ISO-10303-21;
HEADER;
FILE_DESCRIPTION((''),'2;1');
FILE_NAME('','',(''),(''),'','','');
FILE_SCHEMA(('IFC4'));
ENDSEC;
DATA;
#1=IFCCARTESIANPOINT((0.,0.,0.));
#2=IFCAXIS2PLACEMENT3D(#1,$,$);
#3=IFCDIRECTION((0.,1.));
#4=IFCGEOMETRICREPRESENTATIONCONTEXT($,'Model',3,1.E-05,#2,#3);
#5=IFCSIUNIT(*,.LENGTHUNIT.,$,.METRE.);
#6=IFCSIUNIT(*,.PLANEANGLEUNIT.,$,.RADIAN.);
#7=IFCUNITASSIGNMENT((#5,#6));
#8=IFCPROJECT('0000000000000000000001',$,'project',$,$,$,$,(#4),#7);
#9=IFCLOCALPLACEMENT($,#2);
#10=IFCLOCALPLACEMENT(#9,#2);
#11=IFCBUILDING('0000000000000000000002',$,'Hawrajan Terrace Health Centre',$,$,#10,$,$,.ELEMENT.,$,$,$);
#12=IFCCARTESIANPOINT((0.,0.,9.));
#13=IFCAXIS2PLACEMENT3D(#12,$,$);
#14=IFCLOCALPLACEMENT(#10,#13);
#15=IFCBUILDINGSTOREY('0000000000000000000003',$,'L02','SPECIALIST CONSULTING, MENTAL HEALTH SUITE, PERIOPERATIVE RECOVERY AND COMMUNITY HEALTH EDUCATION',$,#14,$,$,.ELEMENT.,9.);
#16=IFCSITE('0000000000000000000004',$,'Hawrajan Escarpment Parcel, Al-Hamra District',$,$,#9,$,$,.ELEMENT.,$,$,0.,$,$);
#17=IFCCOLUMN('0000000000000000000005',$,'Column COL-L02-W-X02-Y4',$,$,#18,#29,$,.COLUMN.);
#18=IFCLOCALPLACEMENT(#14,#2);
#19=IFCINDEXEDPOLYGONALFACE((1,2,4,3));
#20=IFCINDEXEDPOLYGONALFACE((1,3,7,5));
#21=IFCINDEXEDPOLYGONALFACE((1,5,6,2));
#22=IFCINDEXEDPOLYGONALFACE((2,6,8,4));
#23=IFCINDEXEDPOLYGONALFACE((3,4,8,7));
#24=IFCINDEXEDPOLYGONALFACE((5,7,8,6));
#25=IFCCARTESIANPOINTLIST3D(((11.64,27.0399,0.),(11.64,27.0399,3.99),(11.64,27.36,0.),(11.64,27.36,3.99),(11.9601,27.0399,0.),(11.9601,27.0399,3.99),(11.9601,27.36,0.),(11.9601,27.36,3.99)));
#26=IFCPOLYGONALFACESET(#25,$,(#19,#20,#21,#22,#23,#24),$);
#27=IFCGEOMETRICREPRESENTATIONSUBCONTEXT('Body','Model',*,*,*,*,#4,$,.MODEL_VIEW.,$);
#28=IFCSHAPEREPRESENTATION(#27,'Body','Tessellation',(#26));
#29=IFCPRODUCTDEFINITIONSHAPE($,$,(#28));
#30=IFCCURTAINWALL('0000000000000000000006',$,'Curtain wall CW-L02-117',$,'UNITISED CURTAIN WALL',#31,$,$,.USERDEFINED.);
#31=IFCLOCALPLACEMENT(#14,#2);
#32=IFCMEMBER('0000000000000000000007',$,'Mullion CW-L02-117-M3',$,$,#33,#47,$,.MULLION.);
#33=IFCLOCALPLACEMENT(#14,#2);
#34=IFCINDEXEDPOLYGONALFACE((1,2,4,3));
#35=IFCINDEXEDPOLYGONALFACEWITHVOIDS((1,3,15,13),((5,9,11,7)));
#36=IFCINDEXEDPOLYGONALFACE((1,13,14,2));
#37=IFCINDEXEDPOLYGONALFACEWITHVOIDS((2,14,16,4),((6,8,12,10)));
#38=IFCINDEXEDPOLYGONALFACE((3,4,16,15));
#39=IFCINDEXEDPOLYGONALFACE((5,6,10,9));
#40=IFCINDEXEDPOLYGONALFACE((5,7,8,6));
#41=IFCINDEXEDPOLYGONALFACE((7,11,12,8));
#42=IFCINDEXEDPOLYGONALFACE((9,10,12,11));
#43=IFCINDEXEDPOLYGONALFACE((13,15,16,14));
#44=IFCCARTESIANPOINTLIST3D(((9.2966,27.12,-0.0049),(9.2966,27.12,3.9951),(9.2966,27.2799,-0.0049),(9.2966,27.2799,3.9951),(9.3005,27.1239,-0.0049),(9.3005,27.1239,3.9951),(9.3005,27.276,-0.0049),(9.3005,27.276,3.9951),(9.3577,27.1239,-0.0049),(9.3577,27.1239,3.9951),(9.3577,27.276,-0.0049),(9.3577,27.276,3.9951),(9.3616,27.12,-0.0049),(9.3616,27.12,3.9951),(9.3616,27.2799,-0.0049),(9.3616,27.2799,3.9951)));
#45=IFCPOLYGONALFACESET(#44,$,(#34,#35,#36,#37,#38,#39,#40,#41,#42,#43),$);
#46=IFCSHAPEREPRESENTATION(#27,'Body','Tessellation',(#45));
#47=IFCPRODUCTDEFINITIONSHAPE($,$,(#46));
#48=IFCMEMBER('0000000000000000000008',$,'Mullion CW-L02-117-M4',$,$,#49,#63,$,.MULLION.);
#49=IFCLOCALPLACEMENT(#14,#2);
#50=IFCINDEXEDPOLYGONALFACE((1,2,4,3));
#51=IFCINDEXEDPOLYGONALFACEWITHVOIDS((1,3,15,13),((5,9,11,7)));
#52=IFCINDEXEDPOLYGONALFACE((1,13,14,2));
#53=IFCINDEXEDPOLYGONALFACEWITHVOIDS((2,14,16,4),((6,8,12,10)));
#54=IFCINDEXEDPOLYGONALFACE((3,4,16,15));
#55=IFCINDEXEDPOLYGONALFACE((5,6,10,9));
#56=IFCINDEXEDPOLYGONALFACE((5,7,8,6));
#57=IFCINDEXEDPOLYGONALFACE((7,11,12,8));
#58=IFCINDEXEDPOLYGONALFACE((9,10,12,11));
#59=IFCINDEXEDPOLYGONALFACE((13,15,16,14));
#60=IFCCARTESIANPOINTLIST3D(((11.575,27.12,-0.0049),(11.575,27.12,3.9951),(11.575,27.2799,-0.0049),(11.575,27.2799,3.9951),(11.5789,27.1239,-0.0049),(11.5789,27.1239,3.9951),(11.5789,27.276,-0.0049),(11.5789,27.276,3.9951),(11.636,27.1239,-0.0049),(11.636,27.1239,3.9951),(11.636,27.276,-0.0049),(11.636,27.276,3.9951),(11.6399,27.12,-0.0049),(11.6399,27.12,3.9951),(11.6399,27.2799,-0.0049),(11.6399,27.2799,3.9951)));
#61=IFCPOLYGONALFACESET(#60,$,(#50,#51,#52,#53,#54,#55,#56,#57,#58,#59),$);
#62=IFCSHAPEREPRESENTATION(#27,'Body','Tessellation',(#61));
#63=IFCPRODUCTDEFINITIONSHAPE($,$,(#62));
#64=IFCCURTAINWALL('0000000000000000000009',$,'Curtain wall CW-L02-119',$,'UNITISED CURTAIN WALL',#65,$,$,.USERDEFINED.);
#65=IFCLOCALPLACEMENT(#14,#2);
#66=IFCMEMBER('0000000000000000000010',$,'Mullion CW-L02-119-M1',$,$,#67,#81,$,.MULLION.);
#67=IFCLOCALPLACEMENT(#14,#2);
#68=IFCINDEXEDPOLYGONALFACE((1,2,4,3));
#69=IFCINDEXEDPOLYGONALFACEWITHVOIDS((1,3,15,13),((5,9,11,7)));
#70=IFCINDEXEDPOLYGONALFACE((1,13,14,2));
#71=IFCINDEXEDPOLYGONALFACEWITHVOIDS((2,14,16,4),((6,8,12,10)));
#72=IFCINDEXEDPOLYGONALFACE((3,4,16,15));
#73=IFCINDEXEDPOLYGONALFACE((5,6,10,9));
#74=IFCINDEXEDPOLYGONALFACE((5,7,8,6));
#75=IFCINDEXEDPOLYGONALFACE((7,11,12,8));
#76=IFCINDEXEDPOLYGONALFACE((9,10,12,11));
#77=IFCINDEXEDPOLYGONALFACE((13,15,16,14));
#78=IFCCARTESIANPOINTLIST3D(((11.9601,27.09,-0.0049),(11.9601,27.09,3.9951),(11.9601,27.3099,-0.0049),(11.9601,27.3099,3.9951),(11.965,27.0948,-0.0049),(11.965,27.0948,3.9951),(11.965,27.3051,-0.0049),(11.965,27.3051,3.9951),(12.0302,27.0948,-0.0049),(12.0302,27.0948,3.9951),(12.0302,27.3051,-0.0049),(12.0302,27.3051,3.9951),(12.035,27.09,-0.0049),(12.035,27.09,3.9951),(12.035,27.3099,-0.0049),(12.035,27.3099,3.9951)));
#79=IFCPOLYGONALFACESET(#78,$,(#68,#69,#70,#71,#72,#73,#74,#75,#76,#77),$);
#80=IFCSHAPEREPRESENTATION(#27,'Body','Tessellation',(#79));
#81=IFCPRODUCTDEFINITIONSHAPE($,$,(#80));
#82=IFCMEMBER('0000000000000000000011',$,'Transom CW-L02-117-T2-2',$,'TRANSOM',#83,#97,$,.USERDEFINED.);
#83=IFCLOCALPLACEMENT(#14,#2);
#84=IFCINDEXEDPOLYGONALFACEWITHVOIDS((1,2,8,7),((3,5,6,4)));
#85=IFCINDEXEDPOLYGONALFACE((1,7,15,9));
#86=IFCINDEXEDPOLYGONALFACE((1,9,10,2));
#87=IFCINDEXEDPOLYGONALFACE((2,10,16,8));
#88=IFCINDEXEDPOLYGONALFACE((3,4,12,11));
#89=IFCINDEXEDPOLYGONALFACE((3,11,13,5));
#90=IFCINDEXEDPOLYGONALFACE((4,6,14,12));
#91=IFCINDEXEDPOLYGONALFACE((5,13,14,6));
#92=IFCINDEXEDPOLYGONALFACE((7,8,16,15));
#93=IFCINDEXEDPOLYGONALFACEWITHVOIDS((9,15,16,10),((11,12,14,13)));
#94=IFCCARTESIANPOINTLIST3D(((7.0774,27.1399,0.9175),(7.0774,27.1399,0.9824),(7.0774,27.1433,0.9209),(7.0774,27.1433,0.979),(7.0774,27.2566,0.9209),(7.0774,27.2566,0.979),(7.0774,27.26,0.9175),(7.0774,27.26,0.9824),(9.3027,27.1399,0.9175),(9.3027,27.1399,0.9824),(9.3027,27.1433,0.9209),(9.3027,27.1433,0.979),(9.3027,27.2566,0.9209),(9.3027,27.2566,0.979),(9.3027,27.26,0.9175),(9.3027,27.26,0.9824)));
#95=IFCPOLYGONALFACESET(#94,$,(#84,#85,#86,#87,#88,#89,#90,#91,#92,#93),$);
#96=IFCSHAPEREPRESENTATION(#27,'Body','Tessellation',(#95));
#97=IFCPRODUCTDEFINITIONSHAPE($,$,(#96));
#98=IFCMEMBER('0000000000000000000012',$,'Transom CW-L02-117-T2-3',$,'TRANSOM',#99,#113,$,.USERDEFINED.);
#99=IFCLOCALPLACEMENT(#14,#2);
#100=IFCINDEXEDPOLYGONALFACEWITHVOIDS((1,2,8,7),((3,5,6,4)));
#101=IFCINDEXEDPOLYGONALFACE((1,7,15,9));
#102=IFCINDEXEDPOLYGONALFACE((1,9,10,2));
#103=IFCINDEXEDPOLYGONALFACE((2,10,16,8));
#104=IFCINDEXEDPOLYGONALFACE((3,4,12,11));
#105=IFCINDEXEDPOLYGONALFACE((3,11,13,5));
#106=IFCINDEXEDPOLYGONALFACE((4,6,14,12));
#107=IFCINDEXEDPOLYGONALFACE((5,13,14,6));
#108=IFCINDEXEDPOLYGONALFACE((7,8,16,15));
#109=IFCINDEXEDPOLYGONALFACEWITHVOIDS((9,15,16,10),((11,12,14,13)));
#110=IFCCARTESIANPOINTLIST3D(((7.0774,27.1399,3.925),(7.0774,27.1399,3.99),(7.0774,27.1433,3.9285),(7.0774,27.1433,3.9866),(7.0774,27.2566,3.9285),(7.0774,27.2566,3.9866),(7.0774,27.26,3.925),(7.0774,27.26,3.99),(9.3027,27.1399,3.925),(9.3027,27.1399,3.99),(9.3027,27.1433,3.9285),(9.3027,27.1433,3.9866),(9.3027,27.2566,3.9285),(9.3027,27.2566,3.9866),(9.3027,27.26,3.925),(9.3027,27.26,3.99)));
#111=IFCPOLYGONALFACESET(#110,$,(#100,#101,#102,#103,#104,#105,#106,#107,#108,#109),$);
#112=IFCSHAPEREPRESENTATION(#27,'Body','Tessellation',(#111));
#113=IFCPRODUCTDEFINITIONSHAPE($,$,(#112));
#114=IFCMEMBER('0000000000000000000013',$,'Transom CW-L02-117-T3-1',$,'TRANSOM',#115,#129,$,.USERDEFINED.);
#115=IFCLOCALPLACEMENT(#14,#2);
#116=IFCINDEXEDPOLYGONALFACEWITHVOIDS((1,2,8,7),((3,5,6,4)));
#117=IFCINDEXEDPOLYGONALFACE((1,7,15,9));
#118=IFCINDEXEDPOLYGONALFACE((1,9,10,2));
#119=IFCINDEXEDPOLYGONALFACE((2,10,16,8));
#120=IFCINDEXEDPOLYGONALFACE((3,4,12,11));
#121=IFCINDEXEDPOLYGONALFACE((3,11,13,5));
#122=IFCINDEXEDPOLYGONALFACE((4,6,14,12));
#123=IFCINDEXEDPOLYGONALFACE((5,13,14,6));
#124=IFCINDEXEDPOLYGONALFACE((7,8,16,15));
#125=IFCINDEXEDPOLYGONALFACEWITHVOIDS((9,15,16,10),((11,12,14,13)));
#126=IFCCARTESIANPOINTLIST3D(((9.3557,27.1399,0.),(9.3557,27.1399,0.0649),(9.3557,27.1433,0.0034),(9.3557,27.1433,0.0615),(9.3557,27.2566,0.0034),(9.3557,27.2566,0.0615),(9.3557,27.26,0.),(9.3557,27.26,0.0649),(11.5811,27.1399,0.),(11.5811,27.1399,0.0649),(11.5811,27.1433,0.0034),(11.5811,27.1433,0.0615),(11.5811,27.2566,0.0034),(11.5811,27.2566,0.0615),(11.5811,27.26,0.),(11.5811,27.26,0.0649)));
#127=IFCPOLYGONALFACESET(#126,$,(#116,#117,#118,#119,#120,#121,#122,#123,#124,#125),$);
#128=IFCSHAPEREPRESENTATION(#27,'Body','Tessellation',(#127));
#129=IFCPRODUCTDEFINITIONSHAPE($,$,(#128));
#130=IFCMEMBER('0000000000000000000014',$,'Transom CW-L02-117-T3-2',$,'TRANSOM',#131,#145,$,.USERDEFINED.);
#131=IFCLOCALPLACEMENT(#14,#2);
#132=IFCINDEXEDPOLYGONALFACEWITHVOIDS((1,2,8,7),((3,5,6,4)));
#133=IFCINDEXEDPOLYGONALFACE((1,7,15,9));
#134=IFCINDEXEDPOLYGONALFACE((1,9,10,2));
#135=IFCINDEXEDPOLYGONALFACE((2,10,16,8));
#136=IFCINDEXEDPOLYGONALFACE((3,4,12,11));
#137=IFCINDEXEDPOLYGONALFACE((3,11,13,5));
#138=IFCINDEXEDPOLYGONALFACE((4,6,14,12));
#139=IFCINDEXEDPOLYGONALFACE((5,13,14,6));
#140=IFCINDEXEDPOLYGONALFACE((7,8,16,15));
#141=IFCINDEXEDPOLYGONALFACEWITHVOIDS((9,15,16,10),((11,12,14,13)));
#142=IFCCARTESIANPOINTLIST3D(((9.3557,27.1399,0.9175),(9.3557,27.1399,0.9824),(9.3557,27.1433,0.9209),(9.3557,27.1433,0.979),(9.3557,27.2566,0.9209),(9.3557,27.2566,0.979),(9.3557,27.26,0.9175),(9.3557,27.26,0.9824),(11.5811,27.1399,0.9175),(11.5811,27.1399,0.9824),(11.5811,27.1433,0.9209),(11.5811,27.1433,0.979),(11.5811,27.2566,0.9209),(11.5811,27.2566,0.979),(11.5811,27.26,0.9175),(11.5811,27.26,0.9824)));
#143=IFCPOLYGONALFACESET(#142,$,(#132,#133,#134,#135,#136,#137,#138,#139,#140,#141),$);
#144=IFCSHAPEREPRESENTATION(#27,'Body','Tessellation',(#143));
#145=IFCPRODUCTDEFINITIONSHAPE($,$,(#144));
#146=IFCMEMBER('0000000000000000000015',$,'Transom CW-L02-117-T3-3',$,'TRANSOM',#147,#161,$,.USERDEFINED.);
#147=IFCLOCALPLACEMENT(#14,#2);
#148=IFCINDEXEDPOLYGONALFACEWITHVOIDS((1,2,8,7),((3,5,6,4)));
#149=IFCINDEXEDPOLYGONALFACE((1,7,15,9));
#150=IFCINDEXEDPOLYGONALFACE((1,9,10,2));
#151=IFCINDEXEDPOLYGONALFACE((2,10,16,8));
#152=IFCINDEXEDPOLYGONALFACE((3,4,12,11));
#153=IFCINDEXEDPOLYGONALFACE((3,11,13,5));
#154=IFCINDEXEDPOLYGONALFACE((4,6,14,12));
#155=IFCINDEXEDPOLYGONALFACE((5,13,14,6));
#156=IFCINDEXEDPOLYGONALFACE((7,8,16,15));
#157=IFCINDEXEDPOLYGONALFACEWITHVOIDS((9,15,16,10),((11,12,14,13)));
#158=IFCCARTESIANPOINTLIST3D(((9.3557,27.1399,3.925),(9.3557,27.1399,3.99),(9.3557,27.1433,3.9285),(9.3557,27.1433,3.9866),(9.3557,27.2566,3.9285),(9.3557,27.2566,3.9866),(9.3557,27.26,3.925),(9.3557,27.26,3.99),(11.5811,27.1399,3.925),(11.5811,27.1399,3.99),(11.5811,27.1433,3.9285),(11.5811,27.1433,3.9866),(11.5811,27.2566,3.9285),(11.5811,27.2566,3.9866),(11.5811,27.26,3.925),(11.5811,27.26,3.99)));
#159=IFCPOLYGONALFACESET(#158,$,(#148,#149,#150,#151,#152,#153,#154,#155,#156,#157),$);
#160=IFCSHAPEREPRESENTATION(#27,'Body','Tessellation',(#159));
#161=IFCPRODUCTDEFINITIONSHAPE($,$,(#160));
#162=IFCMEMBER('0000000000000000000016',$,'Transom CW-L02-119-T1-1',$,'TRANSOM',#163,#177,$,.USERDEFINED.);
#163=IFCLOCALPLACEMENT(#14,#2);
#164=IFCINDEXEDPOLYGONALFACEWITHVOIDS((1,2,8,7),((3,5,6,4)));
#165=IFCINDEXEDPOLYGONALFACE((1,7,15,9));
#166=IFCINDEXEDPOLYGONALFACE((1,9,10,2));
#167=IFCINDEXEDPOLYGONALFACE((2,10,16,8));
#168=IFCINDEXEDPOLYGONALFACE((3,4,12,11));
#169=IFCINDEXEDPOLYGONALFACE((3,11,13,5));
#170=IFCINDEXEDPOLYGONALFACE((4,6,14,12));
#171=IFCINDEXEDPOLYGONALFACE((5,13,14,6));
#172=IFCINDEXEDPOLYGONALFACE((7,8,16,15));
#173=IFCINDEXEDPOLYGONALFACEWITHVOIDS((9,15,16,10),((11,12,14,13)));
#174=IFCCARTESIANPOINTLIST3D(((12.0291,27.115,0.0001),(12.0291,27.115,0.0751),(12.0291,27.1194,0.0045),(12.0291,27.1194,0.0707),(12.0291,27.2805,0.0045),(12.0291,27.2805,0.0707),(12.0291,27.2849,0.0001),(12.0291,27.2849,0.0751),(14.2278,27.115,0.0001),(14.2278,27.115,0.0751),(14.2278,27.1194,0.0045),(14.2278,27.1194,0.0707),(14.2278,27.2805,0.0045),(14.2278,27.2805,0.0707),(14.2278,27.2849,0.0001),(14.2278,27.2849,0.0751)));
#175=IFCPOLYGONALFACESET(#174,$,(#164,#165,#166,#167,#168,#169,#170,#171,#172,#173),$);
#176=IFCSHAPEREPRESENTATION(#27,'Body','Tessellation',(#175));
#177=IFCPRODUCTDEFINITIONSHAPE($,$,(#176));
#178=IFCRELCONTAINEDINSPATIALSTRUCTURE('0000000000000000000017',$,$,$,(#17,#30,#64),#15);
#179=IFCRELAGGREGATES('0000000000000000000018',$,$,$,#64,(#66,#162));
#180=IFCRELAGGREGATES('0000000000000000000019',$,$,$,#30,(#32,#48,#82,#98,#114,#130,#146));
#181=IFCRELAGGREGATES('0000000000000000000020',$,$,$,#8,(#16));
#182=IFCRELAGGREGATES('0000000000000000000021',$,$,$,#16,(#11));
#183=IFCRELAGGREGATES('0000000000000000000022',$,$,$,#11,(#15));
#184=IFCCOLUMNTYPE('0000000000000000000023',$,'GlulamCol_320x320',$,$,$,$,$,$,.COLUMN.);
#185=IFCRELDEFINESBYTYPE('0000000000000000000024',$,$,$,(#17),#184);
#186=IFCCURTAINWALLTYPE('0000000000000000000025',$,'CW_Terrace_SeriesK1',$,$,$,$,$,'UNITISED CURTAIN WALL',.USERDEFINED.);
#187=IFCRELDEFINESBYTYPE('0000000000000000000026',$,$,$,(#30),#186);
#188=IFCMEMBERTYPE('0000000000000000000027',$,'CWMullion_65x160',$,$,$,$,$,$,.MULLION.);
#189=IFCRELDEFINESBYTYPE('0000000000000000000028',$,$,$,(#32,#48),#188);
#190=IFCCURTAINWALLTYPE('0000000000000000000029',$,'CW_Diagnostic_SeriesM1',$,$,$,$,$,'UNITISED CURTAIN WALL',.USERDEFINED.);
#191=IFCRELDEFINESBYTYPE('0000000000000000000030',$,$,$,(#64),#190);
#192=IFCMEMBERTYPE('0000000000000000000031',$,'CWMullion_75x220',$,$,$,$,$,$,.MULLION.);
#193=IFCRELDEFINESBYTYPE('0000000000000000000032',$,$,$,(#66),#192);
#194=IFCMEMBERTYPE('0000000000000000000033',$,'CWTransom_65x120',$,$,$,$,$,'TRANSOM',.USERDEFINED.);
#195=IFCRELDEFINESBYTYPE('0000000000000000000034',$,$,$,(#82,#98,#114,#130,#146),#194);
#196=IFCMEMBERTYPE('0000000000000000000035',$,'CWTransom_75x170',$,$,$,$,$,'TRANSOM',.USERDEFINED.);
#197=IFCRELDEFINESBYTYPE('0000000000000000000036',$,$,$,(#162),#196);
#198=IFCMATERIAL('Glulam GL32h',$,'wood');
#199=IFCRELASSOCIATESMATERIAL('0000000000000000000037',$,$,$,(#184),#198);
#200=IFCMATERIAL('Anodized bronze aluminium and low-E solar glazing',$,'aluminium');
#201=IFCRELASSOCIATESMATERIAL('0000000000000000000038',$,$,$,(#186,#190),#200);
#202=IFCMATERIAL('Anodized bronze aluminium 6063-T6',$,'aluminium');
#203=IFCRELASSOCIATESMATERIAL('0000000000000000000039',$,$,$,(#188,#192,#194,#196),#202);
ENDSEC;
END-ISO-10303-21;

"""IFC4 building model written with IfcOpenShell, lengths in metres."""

from ifc_helpers import new_model, si_unit, direction, frame, origin, origin_2d, place, context, subcontext, project, spatial, rectangle, hollow_rectangle, extrude, material, material_profile, profile_set, type_object, element, aggregate, save


model = new_model("IFC4")

# Units and contexts
model_context = context("Model", 3, precision=1e-05, world=origin(), true_north=direction((0.0, 1.0)))
body_context = subcontext(model_context, "Body", "Model", "MODEL_VIEW")
ifc_project = project(units=[si_unit("LENGTHUNIT", "METRE"), si_unit("PLANEANGLEUNIT", "RADIAN")], contexts=[model_context])

# Site, building, storey
site_placement = place(None, origin())
site = spatial("IfcSite", under=ifc_project, at=site_placement, Name="Hawrajan Escarpment Parcel, Al-Hamra District", CompositionType="ELEMENT", RefElevation=0.0)
building_placement = place(site_placement, origin())
building = spatial("IfcBuilding", under=site, at=building_placement, Name="Hawrajan Terrace Health Centre", CompositionType="ELEMENT")
storey_placement = place(building_placement, frame((0.0, 0.0, 9.0)))
storey = spatial("IfcBuildingStorey", under=building, at=storey_placement, Name="L02", Description="SPECIALIST CONSULTING, MENTAL HEALTH SUITE, PERIOPERATIVE RECOVERY AND COMMUNITY HEALTH EDUCATION", CompositionType="ELEMENT", Elevation=9.0)

# Column
ifc_material_1 = material(Name="Glulam GL32h", Category="wood")
ifc_material_profile_1 = material_profile(ifc_material_1, rectangle(XDim=0.3201, YDim=0.3201, at=origin_2d()), Name="GL 320x320")
ifc_profile_set_1 = profile_set([ifc_material_profile_1], Name="Glulam GL32h")
column_type = type_object("IfcColumnType", Name="GlulamCol_320x320", PredefinedType="COLUMN", material=ifc_profile_set_1)
column_placement = place(storey_placement, frame((11.8, 27.2, 0.0), z_axis=(0.0, 0.0, 1.0), x_axis=(1.0, 0.0, 0.0)))
element("IfcColumn", 1, at=column_placement, inside=storey, type_object=column_type, Name="Column COL-L02-W-X02-Y4", PredefinedType="COLUMN", context=body_context, shape_type="SweptSolid", body=[
    extrude(rectangle(XDim=0.3201, YDim=0.3201, at=origin_2d()), origin(), (0.0, 0.0, 1.0), 3.99),
])

# Curtain wall, members
ifc_material_2 = material(Name="Anodized bronze aluminium and low-E solar glazing", Category="aluminium")
curtain_wall_type_1 = type_object("IfcCurtainWallType", Name="CW_Terrace_SeriesK1", ElementType="UNITISED CURTAIN WALL", PredefinedType="USERDEFINED", material=ifc_material_2)
curtain_wall_1_placement = place(storey_placement, origin())
curtain_wall_1 = element("IfcCurtainWall", 2, at=curtain_wall_1_placement, inside=storey, type_object=curtain_wall_type_1, Name="Curtain wall CW-L02-117", ObjectType="UNITISED CURTAIN WALL", PredefinedType="USERDEFINED")
ifc_material_3 = material(Name="Anodized bronze aluminium 6063-T6", Category="aluminium")
ifc_material_profile_2 = material_profile(ifc_material_3, hollow_rectangle(XDim=0.0649, YDim=0.1599, WallThickness=0.0039, at=origin_2d()), Name="CW MUL 65x160")
ifc_profile_set_2 = profile_set([ifc_material_profile_2], Name="Anodized bronze aluminium 6063-T6")
member_type_1 = type_object("IfcMemberType", Name="CWMullion_65x160", PredefinedType="MULLION", material=ifc_profile_set_2)
member_1_placement = place(storey_placement, frame((9.3291, 27.2, -0.0049), z_axis=(0.0, 0.0, 1.0), x_axis=(1.0, 0.0, 0.0)))
member_1 = element("IfcMember", 3, at=member_1_placement, type_object=member_type_1, Name="Mullion CW-L02-117-M3", PredefinedType="MULLION", context=body_context, shape_type="SweptSolid", body=[
    extrude(hollow_rectangle(XDim=0.0649, YDim=0.1599, WallThickness=0.0039, at=origin_2d()), origin(), (0.0, 0.0, 1.0), 4.0),
])
member_2_placement = place(storey_placement, frame((11.6074, 27.2, -0.0049), z_axis=(0.0, 0.0, 1.0), x_axis=(1.0, 0.0, 0.0)))
member_2 = element("IfcMember", 4, at=member_2_placement, type_object=member_type_1, Name="Mullion CW-L02-117-M4", PredefinedType="MULLION", context=body_context, shape_type="SweptSolid", body=[
    extrude(hollow_rectangle(XDim=0.0649, YDim=0.1599, WallThickness=0.0039, at=origin_2d()), origin(), (0.0, 0.0, 1.0), 4.0),
])

# Curtain wall, member
curtain_wall_type_2 = type_object("IfcCurtainWallType", Name="CW_Diagnostic_SeriesM1", ElementType="UNITISED CURTAIN WALL", PredefinedType="USERDEFINED", material=ifc_material_2)
curtain_wall_2_placement = place(storey_placement, origin())
curtain_wall_2 = element("IfcCurtainWall", 5, at=curtain_wall_2_placement, inside=storey, type_object=curtain_wall_type_2, Name="Curtain wall CW-L02-119", ObjectType="UNITISED CURTAIN WALL", PredefinedType="USERDEFINED")
ifc_material_profile_3 = material_profile(ifc_material_3, hollow_rectangle(XDim=0.075, YDim=0.22, WallThickness=0.0049, at=origin_2d()), Name="CW MUL 75x220")
ifc_profile_set_3 = profile_set([ifc_material_profile_3], Name="Anodized bronze aluminium 6063-T6")
member_type_2 = type_object("IfcMemberType", Name="CWMullion_75x220", PredefinedType="MULLION", material=ifc_profile_set_3)
member_3_placement = place(storey_placement, frame((11.9976, 27.2, -0.0049), z_axis=(0.0, 0.0, 1.0), x_axis=(1.0, 0.0, 0.0)))
member_3 = element("IfcMember", 6, at=member_3_placement, type_object=member_type_2, Name="Mullion CW-L02-119-M1", PredefinedType="MULLION", context=body_context, shape_type="SweptSolid", body=[
    extrude(hollow_rectangle(XDim=0.075, YDim=0.22, WallThickness=0.0049, at=origin_2d()), origin(), (0.0, 0.0, 1.0), 4.0),
])

# Members
ifc_material_profile_4 = material_profile(ifc_material_3, hollow_rectangle(XDim=0.0649, YDim=0.1201, WallThickness=0.0034, at=origin_2d()), Name="CW TRN 65x120")
ifc_profile_set_4 = profile_set([ifc_material_profile_4], Name="Anodized bronze aluminium 6063-T6")
member_type_3 = type_object("IfcMemberType", Name="CWTransom_65x120", ElementType="TRANSOM", PredefinedType="USERDEFINED", material=ifc_profile_set_4)
member_4_placement = place(storey_placement, frame((7.0774, 27.2, 0.95), z_axis=(1.0, 0.0, 0.0), x_axis=(0.0, 0.0, 1.0)))
member_4 = element("IfcMember", 7, at=member_4_placement, type_object=member_type_3, Name="Transom CW-L02-117-T2-2", ObjectType="TRANSOM", PredefinedType="USERDEFINED", context=body_context, shape_type="SweptSolid", body=[
    extrude(hollow_rectangle(XDim=0.0649, YDim=0.1201, WallThickness=0.0034, at=origin_2d()), origin(), (0.0, 0.0, 1.0), 2.2253),
])
member_5_placement = place(storey_placement, frame((7.0774, 27.2, 3.9575), z_axis=(1.0, 0.0, 0.0), x_axis=(0.0, 0.0, 1.0)))
member_5 = element("IfcMember", 8, at=member_5_placement, type_object=member_type_3, Name="Transom CW-L02-117-T2-3", ObjectType="TRANSOM", PredefinedType="USERDEFINED", context=body_context, shape_type="SweptSolid", body=[
    extrude(hollow_rectangle(XDim=0.0649, YDim=0.1201, WallThickness=0.0034, at=origin_2d()), origin(), (0.0, 0.0, 1.0), 2.2253),
])
member_6_placement = place(storey_placement, frame((9.3557, 27.2, 0.0325), z_axis=(1.0, 0.0, 0.0), x_axis=(0.0, 0.0, 1.0)))
member_6 = element("IfcMember", 9, at=member_6_placement, type_object=member_type_3, Name="Transom CW-L02-117-T3-1", ObjectType="TRANSOM", PredefinedType="USERDEFINED", context=body_context, shape_type="SweptSolid", body=[
    extrude(hollow_rectangle(XDim=0.0649, YDim=0.1201, WallThickness=0.0034, at=origin_2d()), origin(), (0.0, 0.0, 1.0), 2.2253),
])
member_7_placement = place(storey_placement, frame((9.3557, 27.2, 0.95), z_axis=(1.0, 0.0, 0.0), x_axis=(0.0, 0.0, 1.0)))
member_7 = element("IfcMember", 10, at=member_7_placement, type_object=member_type_3, Name="Transom CW-L02-117-T3-2", ObjectType="TRANSOM", PredefinedType="USERDEFINED", context=body_context, shape_type="SweptSolid", body=[
    extrude(hollow_rectangle(XDim=0.0649, YDim=0.1201, WallThickness=0.0034, at=origin_2d()), origin(), (0.0, 0.0, 1.0), 2.2253),
])
member_8_placement = place(storey_placement, frame((9.3557, 27.2, 3.9575), z_axis=(1.0, 0.0, 0.0), x_axis=(0.0, 0.0, 1.0)))
member_8 = element("IfcMember", 11, at=member_8_placement, type_object=member_type_3, Name="Transom CW-L02-117-T3-3", ObjectType="TRANSOM", PredefinedType="USERDEFINED", context=body_context, shape_type="SweptSolid", body=[
    extrude(hollow_rectangle(XDim=0.0649, YDim=0.1201, WallThickness=0.0034, at=origin_2d()), origin(), (0.0, 0.0, 1.0), 2.2253),
])
ifc_material_profile_5 = material_profile(ifc_material_3, hollow_rectangle(XDim=0.075, YDim=0.1699, WallThickness=0.0044, at=origin_2d()), Name="CW TRN 75x170")
ifc_profile_set_5 = profile_set([ifc_material_profile_5], Name="Anodized bronze aluminium 6063-T6")
member_type_4 = type_object("IfcMemberType", Name="CWTransom_75x170", ElementType="TRANSOM", PredefinedType="USERDEFINED", material=ifc_profile_set_5)
member_9_placement = place(storey_placement, frame((12.0291, 27.2, 0.0376), z_axis=(1.0, 0.0, 0.0), x_axis=(0.0, 0.0, 1.0)))
member_9 = element("IfcMember", 12, at=member_9_placement, type_object=member_type_4, Name="Transom CW-L02-119-T1-1", ObjectType="TRANSOM", PredefinedType="USERDEFINED", context=body_context, shape_type="SweptSolid", body=[
    extrude(hollow_rectangle(XDim=0.075, YDim=0.1699, WallThickness=0.0044, at=origin_2d()), origin(), (0.0, 0.0, 1.0), 2.1987),
])
aggregate(curtain_wall_2, [member_3, member_9])

aggregate(curtain_wall_1, [member_1, member_2, member_4, member_5, member_6, member_7, member_8])

save(model, "model.ifc")
